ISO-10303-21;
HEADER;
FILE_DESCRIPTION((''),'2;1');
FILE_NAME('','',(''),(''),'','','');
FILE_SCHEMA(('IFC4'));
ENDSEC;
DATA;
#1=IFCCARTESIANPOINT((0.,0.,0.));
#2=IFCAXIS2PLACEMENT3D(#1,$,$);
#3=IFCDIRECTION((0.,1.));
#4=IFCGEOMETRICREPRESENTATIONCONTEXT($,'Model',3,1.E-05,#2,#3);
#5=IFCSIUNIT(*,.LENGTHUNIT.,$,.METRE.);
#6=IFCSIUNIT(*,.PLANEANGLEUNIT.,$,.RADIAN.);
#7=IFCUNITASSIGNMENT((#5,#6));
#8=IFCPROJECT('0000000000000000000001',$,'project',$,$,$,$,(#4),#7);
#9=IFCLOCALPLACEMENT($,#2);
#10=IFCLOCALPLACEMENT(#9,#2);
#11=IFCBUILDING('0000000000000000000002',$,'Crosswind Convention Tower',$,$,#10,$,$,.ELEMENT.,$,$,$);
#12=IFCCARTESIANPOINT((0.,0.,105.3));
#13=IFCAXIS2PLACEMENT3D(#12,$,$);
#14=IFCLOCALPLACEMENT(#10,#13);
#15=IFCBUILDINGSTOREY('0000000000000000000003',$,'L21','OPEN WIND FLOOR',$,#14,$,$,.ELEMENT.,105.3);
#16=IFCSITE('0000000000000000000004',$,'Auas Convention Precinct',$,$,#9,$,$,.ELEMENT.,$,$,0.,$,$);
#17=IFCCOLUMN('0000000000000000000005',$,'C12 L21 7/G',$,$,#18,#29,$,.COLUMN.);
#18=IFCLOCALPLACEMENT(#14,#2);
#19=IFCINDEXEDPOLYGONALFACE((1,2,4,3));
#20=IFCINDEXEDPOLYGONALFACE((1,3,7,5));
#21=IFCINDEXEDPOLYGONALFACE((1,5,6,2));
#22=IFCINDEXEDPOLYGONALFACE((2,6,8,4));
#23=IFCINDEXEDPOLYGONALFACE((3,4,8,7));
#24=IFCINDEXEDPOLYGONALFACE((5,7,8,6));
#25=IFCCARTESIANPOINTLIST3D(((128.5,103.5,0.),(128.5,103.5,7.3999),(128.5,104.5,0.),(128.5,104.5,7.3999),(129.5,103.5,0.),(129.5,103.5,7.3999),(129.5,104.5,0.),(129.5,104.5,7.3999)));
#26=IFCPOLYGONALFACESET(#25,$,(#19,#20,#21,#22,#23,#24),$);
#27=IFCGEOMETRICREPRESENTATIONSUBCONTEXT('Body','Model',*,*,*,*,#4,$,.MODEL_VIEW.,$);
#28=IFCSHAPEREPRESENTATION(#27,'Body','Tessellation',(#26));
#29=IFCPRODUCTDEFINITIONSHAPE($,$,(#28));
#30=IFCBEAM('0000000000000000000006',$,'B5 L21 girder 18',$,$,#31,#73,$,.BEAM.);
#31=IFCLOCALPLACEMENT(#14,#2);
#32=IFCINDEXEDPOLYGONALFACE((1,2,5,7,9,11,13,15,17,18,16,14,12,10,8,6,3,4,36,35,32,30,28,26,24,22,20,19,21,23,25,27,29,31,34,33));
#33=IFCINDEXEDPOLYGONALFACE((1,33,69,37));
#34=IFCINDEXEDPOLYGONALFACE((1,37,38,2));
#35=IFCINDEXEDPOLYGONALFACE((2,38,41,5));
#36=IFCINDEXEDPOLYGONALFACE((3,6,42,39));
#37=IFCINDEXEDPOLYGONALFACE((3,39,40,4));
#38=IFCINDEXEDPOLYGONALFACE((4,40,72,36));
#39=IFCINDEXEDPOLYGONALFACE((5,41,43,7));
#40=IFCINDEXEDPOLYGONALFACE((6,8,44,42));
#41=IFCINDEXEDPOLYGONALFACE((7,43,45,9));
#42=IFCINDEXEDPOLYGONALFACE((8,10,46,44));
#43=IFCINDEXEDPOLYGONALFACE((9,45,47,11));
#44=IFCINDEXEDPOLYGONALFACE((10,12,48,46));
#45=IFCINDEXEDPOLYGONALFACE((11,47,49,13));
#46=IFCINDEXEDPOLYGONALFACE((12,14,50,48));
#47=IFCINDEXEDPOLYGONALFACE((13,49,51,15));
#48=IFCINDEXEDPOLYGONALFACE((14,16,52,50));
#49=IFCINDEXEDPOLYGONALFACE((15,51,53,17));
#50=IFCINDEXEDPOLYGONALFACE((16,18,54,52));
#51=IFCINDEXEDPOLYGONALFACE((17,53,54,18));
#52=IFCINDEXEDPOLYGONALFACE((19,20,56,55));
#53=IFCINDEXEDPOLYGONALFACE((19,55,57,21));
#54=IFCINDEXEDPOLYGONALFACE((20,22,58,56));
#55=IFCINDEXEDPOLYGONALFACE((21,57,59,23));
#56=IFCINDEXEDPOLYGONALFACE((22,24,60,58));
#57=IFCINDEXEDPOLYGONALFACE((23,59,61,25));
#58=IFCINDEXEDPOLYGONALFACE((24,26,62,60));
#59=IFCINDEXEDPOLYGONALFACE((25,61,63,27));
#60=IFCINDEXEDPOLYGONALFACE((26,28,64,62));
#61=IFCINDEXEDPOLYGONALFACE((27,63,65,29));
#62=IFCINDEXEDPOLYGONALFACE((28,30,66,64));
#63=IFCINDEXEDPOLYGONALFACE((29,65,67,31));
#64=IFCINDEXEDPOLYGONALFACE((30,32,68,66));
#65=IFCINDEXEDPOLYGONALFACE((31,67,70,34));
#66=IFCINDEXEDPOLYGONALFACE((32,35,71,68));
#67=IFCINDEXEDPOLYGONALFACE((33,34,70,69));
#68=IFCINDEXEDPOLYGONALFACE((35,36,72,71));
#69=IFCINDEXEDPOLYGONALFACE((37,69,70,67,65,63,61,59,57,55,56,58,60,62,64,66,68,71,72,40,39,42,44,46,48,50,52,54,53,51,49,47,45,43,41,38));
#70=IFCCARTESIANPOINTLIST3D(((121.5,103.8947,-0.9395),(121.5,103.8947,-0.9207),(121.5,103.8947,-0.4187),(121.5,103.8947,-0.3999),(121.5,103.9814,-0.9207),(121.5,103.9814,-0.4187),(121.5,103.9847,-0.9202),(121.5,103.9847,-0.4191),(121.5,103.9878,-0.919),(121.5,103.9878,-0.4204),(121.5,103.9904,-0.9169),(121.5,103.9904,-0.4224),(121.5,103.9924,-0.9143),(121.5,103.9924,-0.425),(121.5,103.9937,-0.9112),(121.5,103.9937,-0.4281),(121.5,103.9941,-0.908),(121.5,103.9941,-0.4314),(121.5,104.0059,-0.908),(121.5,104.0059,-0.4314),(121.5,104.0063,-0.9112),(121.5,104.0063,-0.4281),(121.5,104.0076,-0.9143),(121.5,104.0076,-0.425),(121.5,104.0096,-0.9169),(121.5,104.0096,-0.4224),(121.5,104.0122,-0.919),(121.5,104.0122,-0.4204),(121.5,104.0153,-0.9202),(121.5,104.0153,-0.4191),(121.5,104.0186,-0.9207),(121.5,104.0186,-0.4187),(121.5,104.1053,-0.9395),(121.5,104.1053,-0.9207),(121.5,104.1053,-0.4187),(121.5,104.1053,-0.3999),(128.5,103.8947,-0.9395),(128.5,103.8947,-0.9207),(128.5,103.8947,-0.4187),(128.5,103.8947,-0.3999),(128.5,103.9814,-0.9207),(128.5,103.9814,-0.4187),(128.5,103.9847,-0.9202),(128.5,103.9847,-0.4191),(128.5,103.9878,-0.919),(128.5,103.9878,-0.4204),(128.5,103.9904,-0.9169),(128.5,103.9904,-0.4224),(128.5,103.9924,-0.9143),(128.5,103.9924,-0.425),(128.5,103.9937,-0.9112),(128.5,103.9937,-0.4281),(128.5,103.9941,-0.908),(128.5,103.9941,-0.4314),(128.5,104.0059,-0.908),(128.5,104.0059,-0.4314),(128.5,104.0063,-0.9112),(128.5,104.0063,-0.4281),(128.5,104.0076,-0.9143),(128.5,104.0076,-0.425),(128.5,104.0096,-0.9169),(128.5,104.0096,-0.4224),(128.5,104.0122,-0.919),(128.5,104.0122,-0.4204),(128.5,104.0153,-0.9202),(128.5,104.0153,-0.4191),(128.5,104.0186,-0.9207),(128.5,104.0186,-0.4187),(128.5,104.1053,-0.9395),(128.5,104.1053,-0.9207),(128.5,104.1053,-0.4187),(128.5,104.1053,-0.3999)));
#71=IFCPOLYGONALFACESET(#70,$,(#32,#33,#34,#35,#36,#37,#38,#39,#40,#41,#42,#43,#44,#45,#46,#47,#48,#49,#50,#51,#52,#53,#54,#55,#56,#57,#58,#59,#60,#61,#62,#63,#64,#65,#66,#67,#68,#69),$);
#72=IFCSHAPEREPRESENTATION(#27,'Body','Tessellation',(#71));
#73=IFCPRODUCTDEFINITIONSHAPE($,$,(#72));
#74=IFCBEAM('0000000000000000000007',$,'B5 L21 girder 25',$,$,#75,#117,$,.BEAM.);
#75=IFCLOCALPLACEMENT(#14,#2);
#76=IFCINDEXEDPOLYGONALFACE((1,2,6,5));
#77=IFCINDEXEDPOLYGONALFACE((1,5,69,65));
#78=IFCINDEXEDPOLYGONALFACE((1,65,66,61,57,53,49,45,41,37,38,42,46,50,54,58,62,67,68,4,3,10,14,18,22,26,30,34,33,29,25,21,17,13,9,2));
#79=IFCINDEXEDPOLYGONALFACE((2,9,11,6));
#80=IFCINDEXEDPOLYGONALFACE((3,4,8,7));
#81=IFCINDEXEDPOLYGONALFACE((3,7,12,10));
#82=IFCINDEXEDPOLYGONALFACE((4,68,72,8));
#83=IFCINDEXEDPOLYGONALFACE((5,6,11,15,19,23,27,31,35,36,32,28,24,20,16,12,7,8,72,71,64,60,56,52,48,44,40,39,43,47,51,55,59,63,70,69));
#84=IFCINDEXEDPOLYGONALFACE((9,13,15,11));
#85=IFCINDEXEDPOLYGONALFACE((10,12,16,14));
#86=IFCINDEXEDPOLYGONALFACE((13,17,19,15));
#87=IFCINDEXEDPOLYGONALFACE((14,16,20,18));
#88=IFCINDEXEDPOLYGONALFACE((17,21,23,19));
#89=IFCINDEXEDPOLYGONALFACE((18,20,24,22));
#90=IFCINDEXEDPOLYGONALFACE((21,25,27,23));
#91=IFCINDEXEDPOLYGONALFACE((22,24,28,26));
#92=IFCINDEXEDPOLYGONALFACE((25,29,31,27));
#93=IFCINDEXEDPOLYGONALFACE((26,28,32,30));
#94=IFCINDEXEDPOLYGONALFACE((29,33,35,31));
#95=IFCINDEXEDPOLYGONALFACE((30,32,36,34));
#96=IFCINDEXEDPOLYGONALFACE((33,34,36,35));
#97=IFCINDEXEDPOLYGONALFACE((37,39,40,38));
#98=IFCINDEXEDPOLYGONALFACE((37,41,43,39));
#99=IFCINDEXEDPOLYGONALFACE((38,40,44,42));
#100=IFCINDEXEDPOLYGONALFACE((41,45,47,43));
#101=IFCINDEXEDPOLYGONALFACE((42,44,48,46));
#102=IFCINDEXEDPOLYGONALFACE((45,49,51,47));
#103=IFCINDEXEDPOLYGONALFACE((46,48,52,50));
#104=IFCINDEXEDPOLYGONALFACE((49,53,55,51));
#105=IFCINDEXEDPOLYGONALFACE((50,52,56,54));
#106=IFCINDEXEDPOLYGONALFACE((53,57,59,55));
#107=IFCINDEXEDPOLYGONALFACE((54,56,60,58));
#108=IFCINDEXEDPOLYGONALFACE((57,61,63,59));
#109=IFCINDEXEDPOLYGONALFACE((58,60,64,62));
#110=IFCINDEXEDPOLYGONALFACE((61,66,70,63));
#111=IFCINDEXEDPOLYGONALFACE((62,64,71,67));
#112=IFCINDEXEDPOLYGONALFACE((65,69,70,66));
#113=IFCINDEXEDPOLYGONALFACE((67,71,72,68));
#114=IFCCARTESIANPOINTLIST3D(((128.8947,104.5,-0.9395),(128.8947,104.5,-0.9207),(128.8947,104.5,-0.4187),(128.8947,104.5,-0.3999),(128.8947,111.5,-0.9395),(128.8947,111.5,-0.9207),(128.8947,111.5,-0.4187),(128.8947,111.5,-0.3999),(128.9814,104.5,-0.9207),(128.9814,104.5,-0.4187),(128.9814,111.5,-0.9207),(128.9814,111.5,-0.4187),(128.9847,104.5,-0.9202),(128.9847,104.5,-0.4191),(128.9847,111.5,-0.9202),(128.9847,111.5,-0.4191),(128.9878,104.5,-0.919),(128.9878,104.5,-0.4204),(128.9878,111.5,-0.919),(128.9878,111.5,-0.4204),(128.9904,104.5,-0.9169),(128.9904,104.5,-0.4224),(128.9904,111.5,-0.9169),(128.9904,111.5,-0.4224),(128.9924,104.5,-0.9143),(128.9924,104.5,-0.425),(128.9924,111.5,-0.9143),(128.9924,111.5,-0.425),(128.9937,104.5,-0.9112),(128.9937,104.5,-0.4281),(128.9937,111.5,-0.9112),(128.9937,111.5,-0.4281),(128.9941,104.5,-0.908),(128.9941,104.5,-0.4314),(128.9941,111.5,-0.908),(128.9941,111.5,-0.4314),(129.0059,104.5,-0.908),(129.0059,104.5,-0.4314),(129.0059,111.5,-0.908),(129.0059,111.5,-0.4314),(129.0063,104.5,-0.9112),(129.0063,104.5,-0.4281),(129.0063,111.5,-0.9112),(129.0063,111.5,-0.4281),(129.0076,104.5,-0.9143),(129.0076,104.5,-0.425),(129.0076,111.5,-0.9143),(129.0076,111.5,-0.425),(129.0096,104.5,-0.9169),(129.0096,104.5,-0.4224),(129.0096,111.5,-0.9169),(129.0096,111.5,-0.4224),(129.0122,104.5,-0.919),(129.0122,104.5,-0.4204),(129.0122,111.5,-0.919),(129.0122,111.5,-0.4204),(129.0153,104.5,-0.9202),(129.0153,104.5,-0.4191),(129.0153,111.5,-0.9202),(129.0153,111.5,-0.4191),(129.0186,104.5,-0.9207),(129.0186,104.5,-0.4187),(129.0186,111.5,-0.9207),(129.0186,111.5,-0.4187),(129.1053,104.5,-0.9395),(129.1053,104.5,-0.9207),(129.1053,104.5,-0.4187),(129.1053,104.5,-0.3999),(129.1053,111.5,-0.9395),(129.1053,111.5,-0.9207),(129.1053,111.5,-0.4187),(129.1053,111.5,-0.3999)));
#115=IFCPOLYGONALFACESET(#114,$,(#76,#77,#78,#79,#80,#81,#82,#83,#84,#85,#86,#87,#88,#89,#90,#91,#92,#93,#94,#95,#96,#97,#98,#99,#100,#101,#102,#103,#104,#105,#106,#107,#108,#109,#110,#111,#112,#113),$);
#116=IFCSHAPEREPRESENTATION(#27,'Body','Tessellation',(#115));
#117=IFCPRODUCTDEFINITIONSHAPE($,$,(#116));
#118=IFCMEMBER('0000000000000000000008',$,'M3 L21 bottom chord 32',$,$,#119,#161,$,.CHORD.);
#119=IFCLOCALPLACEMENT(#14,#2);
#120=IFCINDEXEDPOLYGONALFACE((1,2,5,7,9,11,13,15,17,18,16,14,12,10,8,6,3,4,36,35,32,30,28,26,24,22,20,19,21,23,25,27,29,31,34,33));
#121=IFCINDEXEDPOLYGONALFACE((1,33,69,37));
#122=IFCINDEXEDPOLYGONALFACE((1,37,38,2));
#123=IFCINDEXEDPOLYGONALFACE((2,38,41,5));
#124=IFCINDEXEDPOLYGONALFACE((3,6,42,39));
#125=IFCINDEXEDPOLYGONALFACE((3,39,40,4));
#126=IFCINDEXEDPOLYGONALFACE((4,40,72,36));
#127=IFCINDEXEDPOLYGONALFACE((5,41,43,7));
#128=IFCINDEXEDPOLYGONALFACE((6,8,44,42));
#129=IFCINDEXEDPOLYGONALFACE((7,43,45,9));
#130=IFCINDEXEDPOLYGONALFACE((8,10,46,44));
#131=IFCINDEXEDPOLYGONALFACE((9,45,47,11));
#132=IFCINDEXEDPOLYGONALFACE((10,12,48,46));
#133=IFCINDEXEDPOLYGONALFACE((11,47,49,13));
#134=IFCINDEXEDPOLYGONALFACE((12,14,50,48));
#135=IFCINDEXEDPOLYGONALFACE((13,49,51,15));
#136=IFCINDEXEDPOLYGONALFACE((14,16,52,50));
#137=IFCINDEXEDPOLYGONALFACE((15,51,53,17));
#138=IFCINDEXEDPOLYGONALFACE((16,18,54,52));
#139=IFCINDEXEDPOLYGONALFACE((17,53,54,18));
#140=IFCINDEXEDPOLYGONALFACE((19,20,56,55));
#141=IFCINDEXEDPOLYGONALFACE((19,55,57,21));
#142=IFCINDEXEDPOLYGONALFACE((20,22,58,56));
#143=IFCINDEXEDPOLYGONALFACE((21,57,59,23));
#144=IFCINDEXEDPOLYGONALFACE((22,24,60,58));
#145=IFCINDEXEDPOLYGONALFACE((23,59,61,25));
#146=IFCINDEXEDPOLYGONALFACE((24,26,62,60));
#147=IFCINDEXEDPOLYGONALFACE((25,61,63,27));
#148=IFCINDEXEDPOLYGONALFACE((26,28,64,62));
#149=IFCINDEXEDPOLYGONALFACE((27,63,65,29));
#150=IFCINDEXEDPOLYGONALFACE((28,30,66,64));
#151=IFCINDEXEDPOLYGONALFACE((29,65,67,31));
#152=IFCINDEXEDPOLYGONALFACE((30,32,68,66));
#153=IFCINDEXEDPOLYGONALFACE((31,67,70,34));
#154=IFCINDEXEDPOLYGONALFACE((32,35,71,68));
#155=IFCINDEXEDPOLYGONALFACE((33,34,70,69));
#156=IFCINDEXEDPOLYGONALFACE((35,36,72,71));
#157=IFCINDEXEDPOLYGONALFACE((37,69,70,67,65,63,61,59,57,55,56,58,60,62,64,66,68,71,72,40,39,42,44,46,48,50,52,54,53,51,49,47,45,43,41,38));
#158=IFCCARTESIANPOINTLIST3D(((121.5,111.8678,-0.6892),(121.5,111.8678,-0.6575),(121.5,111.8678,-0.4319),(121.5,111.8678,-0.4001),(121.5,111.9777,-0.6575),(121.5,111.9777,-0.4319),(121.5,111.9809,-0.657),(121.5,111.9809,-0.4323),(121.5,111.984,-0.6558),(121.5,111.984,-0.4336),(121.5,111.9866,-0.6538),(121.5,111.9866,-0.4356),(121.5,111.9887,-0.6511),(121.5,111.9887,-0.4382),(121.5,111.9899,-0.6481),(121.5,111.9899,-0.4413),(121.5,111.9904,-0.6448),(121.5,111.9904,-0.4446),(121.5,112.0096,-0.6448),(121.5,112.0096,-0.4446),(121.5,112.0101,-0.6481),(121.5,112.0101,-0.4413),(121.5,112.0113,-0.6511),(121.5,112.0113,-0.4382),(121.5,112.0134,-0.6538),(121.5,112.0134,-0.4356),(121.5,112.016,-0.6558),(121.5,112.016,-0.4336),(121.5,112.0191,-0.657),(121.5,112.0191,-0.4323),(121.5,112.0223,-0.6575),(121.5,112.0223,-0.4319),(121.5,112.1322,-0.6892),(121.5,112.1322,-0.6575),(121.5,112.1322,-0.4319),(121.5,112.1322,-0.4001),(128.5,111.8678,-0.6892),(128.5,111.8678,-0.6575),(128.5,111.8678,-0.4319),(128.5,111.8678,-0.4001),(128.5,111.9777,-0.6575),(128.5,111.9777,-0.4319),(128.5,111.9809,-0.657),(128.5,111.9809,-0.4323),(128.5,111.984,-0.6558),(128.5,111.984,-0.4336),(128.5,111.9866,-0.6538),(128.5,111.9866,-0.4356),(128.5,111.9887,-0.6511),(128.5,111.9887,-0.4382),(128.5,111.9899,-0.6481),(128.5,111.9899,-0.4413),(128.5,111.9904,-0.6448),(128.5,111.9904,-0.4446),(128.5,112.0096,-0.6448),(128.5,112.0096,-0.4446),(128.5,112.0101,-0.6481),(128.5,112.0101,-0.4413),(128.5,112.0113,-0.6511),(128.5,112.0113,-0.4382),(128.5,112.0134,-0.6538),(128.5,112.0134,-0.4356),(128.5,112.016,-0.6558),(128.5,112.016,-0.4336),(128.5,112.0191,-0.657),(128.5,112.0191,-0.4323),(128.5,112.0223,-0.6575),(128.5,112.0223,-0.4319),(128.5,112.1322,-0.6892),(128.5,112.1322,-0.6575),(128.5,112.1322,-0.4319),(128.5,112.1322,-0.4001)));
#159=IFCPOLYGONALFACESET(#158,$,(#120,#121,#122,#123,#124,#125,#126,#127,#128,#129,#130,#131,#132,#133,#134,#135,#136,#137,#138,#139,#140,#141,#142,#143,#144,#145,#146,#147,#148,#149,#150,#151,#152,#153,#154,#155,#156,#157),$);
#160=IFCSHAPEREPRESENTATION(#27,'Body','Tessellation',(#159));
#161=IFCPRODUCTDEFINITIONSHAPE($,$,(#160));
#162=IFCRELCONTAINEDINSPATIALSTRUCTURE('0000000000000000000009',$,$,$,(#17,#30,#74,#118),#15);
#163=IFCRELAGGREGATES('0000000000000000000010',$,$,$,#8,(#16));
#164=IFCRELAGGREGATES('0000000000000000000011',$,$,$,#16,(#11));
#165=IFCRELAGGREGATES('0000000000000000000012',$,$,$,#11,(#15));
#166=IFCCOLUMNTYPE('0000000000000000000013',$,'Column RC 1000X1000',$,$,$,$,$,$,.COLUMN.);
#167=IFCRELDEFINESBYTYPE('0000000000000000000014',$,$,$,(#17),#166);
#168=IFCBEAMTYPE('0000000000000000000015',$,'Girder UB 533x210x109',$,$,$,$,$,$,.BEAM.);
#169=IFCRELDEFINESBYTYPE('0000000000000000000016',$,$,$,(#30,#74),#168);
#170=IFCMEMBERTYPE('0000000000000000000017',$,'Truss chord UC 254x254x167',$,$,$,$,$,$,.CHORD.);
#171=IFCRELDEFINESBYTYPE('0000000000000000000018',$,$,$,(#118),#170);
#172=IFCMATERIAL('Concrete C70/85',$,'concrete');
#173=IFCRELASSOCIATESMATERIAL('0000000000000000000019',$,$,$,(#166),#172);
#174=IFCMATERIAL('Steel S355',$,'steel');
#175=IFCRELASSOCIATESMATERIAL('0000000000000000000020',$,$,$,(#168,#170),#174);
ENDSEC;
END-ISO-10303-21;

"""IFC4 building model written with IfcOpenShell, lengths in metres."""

from ifc_helpers import new_model, si_unit, direction, frame, origin, origin_2d, place, context, subcontext, project, spatial, rectangle, i_section, extrude, material, material_profile, profile_set, type_object, element, save


model = new_model("IFC4")

# Units and contexts
model_context = context("Model", 3, precision=1e-05, world=origin(), true_north=direction((0.0, 1.0)))
body_context = subcontext(model_context, "Body", "Model", "MODEL_VIEW")
ifc_project = project(units=[si_unit("LENGTHUNIT", "METRE"), si_unit("PLANEANGLEUNIT", "RADIAN")], contexts=[model_context])

# Site, building, storey
site_placement = place(None, origin())
site = spatial("IfcSite", under=ifc_project, at=site_placement, Name="Auas Convention Precinct", CompositionType="ELEMENT", RefElevation=0.0)
building_placement = place(site_placement, origin())
building = spatial("IfcBuilding", under=site, at=building_placement, Name="Crosswind Convention Tower", CompositionType="ELEMENT")
storey_placement = place(building_placement, frame((0.0, 0.0, 105.3)))
storey = spatial("IfcBuildingStorey", under=building, at=storey_placement, Name="L21", Description="OPEN WIND FLOOR", CompositionType="ELEMENT", Elevation=105.3)

# Column
ifc_material_1 = material(Name="Concrete C70/85", Category="concrete")
ifc_material_profile_1 = material_profile(ifc_material_1, rectangle(XDim=1.0, YDim=1.0, at=origin_2d()), Name="RC 1000X1000")
ifc_profile_set_1 = profile_set([ifc_material_profile_1], Name="Concrete C70/85")
column_type = type_object("IfcColumnType", Name="Column RC 1000X1000", PredefinedType="COLUMN", material=ifc_profile_set_1)
column_placement = place(storey_placement, frame((129.0, 104.0, 0.0), z_axis=(0.0, 0.0, 1.0), x_axis=(1.0, 0.0, 0.0)))
element("IfcColumn", 1, at=column_placement, inside=storey, type_object=column_type, Name="C12 L21 7/G", PredefinedType="COLUMN", context=body_context, shape_type="SweptSolid", body=[
    extrude(rectangle(XDim=1.0, YDim=1.0, at=origin_2d()), origin(), (0.0, 0.0, 1.0), 7.3999),
])

# Beams
ifc_material_2 = material(Name="Steel S355", Category="steel")
ifc_material_profile_2 = material_profile(ifc_material_2, i_section(OverallWidth=0.2107, OverallDepth=0.5396, WebThickness=0.0117, FlangeThickness=0.0188, FilletRadius=0.0127, at=origin_2d()), Name="UB 533x210x109")
ifc_profile_set_2 = profile_set([ifc_material_profile_2], Name="Steel S355")
beam_type = type_object("IfcBeamType", Name="Girder UB 533x210x109", PredefinedType="BEAM", material=ifc_profile_set_2)
for number, where, z_axis, x_axis, name in (
    (2, (121.5, 104.0, -0.6697), (1.0, 0.0, 0.0), (0.0, 1.0, 0.0), "B5 L21 girder 18"),
    (3, (129.0, 104.5, -0.6697), (0.0, 1.0, 0.0), (-1.0, 0.0, 0.0), "B5 L21 girder 25"),
):
    element("IfcBeam", number, at=place(storey_placement, frame(where, z_axis=z_axis, x_axis=x_axis)), inside=storey, type_object=beam_type, Name=name, PredefinedType="BEAM", context=body_context, shape_type="SweptSolid", body=[
        extrude(i_section(OverallWidth=0.2107, OverallDepth=0.5396, WebThickness=0.0117, FlangeThickness=0.0188, FilletRadius=0.0127, at=origin_2d()), origin(), (0.0, 0.0, 1.0), 7.0),
    ])

# Member
ifc_material_profile_3 = material_profile(ifc_material_2, i_section(OverallWidth=0.2644, OverallDepth=0.2891, WebThickness=0.0193, FlangeThickness=0.0317, FilletRadius=0.0127, at=origin_2d()), Name="UC 254x254x167")
ifc_profile_set_3 = profile_set([ifc_material_profile_3], Name="Steel S355")
member_type_1 = type_object("IfcMemberType", Name="Truss chord UC 254x254x167", PredefinedType="CHORD", material=ifc_profile_set_3)
for number, where, z_axis, x_axis, name in (
    (4, (121.5, 112.0, -0.5447), (1.0, 0.0, 0.0), (0.0, 1.0, 0.0), "M3 L21 bottom chord 32"),
):
    element("IfcMember", number, at=place(storey_placement, frame(where, z_axis=z_axis, x_axis=x_axis)), inside=storey, type_object=member_type_1, Name=name, PredefinedType="CHORD", context=body_context, shape_type="SweptSolid", body=[
        extrude(i_section(OverallWidth=0.2644, OverallDepth=0.2891, WebThickness=0.0193, FlangeThickness=0.0317, FilletRadius=0.0127, at=origin_2d()), origin(), (0.0, 0.0, 1.0), 7.0),
    ])

save(model, "model.ifc")
